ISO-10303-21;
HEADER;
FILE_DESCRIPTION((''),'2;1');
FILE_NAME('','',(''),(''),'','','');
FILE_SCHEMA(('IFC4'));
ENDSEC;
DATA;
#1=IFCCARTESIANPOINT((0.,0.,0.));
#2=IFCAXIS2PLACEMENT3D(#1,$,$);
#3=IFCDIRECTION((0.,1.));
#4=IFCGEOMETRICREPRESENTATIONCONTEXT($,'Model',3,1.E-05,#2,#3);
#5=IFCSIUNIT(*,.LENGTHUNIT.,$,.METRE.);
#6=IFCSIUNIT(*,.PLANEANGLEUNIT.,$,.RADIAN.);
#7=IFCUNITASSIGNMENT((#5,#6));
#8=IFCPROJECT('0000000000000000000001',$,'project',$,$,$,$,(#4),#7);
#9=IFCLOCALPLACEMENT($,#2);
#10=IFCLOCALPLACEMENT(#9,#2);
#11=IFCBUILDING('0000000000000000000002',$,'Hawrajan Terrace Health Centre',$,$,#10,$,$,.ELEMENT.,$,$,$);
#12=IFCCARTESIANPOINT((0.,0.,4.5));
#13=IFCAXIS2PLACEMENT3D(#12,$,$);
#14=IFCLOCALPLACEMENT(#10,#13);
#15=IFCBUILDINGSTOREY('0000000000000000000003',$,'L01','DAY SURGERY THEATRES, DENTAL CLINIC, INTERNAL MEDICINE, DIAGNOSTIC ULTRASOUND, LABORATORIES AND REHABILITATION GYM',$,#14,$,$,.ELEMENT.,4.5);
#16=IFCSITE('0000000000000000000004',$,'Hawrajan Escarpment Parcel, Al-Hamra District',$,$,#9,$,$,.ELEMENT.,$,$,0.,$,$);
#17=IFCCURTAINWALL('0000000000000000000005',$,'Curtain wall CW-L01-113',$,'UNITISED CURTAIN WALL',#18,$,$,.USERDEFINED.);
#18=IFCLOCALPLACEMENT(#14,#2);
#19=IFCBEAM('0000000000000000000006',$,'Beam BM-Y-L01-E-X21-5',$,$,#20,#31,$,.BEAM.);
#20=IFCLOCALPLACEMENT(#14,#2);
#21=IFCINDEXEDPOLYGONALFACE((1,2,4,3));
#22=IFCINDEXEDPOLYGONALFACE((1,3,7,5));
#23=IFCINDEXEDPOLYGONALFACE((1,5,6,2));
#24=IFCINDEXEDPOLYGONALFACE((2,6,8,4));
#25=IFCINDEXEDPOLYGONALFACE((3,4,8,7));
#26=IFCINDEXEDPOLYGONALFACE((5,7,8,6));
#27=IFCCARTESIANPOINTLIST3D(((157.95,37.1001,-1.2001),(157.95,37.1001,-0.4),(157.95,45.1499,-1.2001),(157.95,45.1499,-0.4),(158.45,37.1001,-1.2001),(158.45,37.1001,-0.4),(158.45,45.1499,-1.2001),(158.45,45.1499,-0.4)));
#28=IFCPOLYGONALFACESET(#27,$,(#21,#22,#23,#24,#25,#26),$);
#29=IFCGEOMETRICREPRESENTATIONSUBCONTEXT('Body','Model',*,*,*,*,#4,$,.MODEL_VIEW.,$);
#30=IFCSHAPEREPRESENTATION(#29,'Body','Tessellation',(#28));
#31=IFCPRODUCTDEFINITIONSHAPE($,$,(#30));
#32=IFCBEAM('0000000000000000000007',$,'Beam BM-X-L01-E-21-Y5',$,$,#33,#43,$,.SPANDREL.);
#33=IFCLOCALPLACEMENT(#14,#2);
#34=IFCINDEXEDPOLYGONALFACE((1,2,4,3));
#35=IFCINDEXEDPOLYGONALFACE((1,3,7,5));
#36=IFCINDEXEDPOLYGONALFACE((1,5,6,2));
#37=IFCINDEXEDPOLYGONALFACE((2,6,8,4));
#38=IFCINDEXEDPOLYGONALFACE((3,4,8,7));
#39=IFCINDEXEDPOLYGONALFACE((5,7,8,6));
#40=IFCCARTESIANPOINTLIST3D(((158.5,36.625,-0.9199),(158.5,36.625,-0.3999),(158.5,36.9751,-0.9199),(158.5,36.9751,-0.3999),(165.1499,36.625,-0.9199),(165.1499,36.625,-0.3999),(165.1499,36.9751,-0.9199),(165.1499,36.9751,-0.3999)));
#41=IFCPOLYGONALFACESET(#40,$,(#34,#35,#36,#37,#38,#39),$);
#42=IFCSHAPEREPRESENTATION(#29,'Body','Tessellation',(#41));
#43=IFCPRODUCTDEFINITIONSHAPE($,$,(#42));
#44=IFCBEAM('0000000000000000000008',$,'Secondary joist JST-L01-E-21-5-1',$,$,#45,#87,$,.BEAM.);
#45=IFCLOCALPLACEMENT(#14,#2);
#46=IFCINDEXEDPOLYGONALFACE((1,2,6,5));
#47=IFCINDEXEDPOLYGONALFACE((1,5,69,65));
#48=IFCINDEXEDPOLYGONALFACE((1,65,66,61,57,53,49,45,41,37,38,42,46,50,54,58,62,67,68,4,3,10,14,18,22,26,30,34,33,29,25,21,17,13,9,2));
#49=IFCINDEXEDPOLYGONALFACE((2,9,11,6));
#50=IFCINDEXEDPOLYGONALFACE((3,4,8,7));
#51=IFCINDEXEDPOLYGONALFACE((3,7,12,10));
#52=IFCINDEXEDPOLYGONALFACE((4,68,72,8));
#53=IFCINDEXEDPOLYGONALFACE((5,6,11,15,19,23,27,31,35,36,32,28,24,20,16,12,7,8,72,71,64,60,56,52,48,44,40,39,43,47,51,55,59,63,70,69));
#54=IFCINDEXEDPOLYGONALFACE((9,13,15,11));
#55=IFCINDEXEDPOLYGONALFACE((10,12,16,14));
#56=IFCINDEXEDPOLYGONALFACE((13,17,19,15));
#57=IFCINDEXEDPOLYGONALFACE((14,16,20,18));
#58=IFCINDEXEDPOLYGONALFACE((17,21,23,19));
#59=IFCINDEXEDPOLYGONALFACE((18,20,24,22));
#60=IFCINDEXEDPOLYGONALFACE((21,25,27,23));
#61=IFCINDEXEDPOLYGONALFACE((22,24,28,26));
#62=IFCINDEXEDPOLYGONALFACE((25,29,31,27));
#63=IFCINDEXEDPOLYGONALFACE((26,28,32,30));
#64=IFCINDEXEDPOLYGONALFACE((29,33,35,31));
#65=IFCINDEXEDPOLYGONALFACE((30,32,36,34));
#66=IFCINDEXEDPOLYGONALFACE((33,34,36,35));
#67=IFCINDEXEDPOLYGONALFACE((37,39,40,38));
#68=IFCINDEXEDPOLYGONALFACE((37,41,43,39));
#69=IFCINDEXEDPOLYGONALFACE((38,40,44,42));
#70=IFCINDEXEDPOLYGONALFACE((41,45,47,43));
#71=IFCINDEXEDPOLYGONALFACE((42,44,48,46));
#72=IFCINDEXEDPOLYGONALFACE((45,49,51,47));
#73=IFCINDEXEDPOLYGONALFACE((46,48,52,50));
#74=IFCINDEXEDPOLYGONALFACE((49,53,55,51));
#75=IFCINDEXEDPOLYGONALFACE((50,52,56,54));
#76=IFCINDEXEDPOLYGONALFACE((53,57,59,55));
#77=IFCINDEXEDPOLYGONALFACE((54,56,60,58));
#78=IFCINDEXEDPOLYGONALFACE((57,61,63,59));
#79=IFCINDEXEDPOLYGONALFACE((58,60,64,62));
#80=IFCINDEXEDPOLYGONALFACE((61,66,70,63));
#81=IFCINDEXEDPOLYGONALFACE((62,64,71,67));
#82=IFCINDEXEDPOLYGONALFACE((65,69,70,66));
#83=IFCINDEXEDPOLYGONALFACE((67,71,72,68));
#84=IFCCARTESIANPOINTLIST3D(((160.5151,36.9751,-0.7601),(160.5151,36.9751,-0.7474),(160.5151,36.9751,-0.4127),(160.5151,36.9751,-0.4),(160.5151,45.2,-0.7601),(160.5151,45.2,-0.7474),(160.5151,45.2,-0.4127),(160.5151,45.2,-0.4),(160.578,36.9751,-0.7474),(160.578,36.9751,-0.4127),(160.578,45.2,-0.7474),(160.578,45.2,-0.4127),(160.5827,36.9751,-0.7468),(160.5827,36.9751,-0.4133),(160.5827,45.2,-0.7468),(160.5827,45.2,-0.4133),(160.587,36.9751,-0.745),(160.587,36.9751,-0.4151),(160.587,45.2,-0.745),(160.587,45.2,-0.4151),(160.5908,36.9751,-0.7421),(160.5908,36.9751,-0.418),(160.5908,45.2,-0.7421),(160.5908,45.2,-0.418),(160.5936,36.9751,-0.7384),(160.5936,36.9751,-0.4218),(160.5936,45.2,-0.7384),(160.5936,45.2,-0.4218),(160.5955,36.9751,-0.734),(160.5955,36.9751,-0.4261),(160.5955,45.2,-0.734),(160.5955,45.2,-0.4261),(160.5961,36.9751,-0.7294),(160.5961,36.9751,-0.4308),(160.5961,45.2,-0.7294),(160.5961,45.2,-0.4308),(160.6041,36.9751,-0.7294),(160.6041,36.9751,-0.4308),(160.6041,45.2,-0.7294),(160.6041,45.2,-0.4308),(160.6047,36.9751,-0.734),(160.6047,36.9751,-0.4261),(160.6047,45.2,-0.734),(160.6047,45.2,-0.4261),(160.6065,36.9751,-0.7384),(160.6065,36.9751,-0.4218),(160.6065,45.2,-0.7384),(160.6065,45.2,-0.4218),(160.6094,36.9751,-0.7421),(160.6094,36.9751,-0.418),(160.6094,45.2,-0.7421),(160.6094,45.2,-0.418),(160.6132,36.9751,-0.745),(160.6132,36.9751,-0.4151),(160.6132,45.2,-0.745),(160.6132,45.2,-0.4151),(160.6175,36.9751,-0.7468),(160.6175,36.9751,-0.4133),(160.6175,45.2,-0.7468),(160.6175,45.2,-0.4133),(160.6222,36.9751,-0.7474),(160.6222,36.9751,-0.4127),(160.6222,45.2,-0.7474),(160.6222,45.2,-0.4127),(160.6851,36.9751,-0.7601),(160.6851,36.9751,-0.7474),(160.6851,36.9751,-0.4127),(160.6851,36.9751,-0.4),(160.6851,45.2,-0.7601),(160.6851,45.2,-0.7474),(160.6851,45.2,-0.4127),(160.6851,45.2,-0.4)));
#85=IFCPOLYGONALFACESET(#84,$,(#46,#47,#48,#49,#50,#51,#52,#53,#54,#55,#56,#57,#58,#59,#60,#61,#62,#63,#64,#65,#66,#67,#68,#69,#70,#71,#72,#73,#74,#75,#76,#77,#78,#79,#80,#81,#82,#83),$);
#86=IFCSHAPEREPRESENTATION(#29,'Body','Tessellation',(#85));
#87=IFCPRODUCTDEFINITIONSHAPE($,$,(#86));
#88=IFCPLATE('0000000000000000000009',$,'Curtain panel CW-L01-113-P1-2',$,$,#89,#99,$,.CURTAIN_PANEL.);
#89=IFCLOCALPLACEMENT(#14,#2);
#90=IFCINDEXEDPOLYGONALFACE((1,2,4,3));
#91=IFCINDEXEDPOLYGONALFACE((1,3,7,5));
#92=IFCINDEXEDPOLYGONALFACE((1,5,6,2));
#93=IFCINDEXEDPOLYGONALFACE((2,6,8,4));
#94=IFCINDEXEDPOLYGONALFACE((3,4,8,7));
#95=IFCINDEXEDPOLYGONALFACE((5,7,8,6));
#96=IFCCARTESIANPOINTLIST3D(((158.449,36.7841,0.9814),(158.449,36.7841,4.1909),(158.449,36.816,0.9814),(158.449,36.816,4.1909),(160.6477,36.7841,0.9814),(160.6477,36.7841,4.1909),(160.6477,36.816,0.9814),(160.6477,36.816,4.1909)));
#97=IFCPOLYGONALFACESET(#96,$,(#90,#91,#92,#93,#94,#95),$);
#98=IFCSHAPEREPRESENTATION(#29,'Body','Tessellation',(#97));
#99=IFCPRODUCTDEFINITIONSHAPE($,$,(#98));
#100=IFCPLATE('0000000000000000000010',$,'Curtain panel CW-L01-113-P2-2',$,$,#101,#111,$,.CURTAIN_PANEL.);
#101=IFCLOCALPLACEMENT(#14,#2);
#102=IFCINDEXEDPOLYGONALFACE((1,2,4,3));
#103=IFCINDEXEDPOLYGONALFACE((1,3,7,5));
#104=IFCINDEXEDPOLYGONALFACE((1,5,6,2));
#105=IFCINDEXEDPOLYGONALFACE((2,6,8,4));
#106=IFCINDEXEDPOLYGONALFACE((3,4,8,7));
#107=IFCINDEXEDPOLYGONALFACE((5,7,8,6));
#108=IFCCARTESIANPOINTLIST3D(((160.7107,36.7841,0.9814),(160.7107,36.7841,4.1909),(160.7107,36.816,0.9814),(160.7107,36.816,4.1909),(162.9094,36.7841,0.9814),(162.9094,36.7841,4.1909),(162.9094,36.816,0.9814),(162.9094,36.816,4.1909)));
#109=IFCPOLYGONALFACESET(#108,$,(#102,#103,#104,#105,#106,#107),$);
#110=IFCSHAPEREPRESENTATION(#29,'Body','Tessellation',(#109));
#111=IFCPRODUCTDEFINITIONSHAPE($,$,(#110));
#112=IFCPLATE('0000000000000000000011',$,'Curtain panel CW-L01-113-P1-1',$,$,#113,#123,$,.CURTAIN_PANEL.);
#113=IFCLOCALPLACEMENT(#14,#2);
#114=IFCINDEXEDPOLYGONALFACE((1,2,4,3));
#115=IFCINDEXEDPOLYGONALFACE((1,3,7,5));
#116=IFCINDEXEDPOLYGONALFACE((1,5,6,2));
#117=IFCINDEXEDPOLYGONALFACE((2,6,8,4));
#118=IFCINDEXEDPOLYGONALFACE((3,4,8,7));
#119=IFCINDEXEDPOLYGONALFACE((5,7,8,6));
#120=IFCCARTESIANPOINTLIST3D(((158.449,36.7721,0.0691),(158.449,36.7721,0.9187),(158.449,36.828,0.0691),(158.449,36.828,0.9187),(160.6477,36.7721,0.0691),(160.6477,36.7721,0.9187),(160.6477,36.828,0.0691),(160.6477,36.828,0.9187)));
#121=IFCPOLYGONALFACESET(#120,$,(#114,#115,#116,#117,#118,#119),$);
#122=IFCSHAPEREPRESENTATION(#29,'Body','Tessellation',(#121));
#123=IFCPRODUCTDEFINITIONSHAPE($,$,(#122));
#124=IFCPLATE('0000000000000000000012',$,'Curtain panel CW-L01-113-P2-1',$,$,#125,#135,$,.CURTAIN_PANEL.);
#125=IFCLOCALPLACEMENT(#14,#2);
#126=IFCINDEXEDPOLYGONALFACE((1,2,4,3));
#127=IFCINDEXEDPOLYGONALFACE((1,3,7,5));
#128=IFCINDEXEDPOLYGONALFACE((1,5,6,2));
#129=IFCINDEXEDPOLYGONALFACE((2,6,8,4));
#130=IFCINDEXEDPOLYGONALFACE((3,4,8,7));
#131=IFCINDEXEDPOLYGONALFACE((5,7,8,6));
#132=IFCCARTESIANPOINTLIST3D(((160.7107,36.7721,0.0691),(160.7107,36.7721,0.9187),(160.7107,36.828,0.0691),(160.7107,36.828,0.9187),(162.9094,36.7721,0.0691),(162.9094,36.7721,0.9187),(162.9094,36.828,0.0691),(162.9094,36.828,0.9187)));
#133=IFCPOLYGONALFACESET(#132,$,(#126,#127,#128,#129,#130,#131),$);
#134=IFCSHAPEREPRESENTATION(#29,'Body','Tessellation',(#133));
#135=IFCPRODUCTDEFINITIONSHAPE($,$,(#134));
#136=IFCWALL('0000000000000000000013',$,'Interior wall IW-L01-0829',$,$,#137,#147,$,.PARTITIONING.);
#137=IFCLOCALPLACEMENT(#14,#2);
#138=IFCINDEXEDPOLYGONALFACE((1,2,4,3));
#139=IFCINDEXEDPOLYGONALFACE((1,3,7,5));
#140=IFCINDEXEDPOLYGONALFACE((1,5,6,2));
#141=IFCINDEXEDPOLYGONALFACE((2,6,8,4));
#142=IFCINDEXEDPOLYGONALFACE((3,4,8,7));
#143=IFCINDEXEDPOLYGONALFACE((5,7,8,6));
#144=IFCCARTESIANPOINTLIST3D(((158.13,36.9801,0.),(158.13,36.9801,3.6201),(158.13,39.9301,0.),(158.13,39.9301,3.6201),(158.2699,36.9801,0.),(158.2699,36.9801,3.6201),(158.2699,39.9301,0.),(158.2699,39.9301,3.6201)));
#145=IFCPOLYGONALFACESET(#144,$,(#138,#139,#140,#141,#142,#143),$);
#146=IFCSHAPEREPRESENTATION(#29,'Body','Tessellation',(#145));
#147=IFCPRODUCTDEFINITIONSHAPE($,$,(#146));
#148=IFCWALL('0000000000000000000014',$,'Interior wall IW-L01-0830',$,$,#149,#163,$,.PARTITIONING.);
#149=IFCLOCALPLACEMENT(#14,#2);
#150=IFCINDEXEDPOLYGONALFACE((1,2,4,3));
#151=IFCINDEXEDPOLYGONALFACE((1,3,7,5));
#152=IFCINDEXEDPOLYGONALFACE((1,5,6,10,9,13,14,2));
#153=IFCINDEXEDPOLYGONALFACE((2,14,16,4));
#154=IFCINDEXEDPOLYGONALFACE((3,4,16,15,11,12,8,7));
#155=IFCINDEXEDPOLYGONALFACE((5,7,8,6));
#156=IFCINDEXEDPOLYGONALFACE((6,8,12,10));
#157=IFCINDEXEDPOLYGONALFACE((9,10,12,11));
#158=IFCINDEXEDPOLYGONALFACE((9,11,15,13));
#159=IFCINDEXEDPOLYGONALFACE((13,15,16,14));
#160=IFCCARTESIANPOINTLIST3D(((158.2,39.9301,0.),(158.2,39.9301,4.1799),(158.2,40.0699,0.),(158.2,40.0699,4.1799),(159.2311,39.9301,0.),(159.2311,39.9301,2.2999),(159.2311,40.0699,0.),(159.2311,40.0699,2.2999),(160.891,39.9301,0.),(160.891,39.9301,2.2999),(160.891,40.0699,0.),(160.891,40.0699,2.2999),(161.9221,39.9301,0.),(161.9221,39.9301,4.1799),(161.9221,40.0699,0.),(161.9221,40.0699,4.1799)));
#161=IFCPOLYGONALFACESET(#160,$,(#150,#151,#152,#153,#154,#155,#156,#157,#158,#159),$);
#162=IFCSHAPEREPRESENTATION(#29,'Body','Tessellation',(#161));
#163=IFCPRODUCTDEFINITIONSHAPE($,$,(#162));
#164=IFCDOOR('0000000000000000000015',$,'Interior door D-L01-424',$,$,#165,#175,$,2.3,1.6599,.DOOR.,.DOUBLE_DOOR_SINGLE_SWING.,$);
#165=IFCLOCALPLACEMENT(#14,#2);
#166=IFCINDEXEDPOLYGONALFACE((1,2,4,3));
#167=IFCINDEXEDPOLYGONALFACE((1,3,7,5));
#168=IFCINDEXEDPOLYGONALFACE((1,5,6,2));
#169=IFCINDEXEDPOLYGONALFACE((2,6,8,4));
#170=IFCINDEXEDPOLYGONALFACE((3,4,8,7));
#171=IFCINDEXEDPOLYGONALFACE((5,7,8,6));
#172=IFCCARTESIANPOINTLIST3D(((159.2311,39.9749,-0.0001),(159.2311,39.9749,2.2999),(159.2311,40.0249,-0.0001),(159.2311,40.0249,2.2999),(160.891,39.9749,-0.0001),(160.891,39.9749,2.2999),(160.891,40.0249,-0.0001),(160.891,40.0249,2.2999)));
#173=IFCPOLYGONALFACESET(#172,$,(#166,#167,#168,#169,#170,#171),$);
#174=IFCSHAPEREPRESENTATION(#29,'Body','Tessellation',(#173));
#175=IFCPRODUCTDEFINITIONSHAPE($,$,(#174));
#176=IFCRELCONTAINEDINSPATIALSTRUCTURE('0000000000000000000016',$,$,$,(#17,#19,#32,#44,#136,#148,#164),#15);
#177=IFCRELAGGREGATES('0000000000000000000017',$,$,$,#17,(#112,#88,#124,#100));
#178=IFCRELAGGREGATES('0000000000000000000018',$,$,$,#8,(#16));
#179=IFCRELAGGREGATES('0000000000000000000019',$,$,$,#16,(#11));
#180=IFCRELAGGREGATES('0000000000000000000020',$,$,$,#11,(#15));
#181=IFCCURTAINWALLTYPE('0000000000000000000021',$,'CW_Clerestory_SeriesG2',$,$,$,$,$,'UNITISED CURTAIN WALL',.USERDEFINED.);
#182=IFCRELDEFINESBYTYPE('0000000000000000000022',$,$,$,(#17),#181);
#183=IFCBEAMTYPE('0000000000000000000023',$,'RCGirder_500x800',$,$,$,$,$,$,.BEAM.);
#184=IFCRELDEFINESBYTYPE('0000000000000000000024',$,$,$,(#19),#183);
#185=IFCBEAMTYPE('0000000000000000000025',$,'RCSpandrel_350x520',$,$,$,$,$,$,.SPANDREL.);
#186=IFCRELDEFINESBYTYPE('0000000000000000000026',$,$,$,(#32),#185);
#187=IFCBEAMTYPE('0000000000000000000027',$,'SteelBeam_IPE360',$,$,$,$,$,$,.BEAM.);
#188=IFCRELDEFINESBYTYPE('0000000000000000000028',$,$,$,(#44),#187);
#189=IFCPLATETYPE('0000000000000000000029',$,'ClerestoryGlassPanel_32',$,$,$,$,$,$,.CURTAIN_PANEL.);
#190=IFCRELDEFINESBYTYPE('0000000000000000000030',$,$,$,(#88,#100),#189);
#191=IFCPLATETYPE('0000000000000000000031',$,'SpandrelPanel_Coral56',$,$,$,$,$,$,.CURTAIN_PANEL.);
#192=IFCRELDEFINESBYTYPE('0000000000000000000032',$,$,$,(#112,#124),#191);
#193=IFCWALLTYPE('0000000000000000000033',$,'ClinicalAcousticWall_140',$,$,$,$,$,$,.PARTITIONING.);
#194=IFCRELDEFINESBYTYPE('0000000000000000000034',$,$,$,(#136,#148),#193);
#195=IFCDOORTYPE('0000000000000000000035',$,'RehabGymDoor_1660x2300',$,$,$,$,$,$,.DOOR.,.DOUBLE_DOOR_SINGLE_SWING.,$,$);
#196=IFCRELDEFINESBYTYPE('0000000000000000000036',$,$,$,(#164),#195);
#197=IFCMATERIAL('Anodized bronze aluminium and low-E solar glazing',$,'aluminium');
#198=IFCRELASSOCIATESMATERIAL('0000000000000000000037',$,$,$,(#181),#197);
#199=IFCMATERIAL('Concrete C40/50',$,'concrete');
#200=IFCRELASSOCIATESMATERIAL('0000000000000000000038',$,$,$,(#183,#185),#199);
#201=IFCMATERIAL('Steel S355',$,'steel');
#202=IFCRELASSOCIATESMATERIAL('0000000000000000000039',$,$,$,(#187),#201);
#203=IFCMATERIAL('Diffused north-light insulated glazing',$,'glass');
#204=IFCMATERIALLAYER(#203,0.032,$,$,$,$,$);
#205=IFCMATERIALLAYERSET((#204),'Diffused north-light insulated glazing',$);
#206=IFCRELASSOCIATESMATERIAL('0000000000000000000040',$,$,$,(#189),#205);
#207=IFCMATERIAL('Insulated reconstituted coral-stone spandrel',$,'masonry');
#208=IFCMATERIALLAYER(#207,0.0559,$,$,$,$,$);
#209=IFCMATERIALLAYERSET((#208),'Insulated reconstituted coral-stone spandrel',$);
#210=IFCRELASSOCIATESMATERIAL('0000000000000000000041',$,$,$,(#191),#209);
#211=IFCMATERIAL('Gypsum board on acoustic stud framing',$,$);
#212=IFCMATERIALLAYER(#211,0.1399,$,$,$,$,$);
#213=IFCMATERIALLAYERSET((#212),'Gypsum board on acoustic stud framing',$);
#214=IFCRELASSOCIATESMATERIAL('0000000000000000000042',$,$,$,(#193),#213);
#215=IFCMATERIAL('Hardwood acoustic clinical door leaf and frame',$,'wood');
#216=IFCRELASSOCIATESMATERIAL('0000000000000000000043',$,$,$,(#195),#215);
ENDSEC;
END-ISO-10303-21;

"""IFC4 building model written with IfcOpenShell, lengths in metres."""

from ifc_helpers import new_model, si_unit, direction, frame, frame_2d, origin, origin_2d, place, context, subcontext, project, spatial, rectangle, i_section, extrude, material, layer, layer_set, material_profile, profile_set, type_object, element, fill, aggregate, save


model = new_model("IFC4")

# Units and contexts
model_context = context("Model", 3, precision=1e-05, world=origin(), true_north=direction((0.0, 1.0)))
body_context = subcontext(model_context, "Body", "Model", "MODEL_VIEW")
ifc_project = project(units=[si_unit("LENGTHUNIT", "METRE"), si_unit("PLANEANGLEUNIT", "RADIAN")], contexts=[model_context])

# Site, building, storey
site_placement = place(None, origin())
site = spatial("IfcSite", under=ifc_project, at=site_placement, Name="Hawrajan Escarpment Parcel, Al-Hamra District", CompositionType="ELEMENT", RefElevation=0.0)
building_placement = place(site_placement, origin())
building = spatial("IfcBuilding", under=site, at=building_placement, Name="Hawrajan Terrace Health Centre", CompositionType="ELEMENT")
storey_placement = place(building_placement, frame((0.0, 0.0, 4.5)))
storey = spatial("IfcBuildingStorey", under=building, at=storey_placement, Name="L01", Description="DAY SURGERY THEATRES, DENTAL CLINIC, INTERNAL MEDICINE, DIAGNOSTIC ULTRASOUND, LABORATORIES AND REHABILITATION GYM", CompositionType="ELEMENT", Elevation=4.5)

# Shared definitions
ifc_material_1 = material(Name="Anodized bronze aluminium and low-E solar glazing", Category="aluminium")

# Curtain wall
curtain_wall_type_1 = type_object("IfcCurtainWallType", Name="CW_Clerestory_SeriesG2", ElementType="UNITISED CURTAIN WALL", PredefinedType="USERDEFINED", material=ifc_material_1)
curtain_wall_1_placement = place(storey_placement, origin())
curtain_wall_1 = element("IfcCurtainWall", 1, at=curtain_wall_1_placement, inside=storey, type_object=curtain_wall_type_1, Name="Curtain wall CW-L01-113", ObjectType="UNITISED CURTAIN WALL", PredefinedType="USERDEFINED")

# Beams
ifc_material_2 = material(Name="Concrete C40/50", Category="concrete")
ifc_material_profile_1 = material_profile(ifc_material_2, rectangle(XDim=0.5, YDim=0.8, at=origin_2d()), Name="RC BM 500x800")
ifc_profile_set_1 = profile_set([ifc_material_profile_1], Name="Concrete C40/50")
beam_type_1 = type_object("IfcBeamType", Name="RCGirder_500x800", PredefinedType="BEAM", material=ifc_profile_set_1)
beam_1_placement = place(storey_placement, frame((158.2, 37.1001, -0.8), z_axis=(0.0, 1.0, 0.0), x_axis=(-1.0, 0.0, 0.0)))
element("IfcBeam", 2, at=beam_1_placement, inside=storey, type_object=beam_type_1, Name="Beam BM-Y-L01-E-X21-5", PredefinedType="BEAM", context=body_context, shape_type="SweptSolid", body=[
    extrude(rectangle(XDim=0.5, YDim=0.8, at=origin_2d()), origin(), (0.0, 0.0, 1.0), 8.0498),
])
ifc_material_profile_2 = material_profile(ifc_material_2, rectangle(XDim=0.3501, YDim=0.52, at=origin_2d()), Name="RC SP 350x520")
ifc_profile_set_2 = profile_set([ifc_material_profile_2], Name="Concrete C40/50")
beam_type_2 = type_object("IfcBeamType", Name="RCSpandrel_350x520", PredefinedType="SPANDREL", material=ifc_profile_set_2)
beam_2_placement = place(storey_placement, frame((158.5, 36.8, -0.6599), z_axis=(1.0, 0.0, 0.0), x_axis=(0.0, 1.0, 0.0)))
element("IfcBeam", 3, at=beam_2_placement, inside=storey, type_object=beam_type_2, Name="Beam BM-X-L01-E-21-Y5", PredefinedType="SPANDREL", context=body_context, shape_type="SweptSolid", body=[
    extrude(rectangle(XDim=0.3501, YDim=0.52, at=origin_2d()), origin(), (0.0, 0.0, 1.0), 6.6499),
])
ifc_material_3 = material(Name="Steel S355", Category="steel")
ifc_material_profile_3 = material_profile(ifc_material_3, i_section(OverallWidth=0.1699, OverallDepth=0.3601, WebThickness=0.0081, FlangeThickness=0.0127, FilletRadius=0.0181, at=origin_2d()), Name="IPE 360")
ifc_profile_set_3 = profile_set([ifc_material_profile_3], Name="Steel S355")
beam_type_3 = type_object("IfcBeamType", Name="SteelBeam_IPE360", PredefinedType="BEAM", material=ifc_profile_set_3)
beam_3_placement = place(storey_placement, frame((160.6001, 36.9751, -0.5801), z_axis=(0.0, 1.0, 0.0), x_axis=(-1.0, 0.0, 0.0)))
element("IfcBeam", 4, at=beam_3_placement, inside=storey, type_object=beam_type_3, Name="Secondary joist JST-L01-E-21-5-1", PredefinedType="BEAM", context=body_context, shape_type="SweptSolid", body=[
    extrude(i_section(OverallWidth=0.1699, OverallDepth=0.3601, WebThickness=0.0081, FlangeThickness=0.0127, FilletRadius=0.0181, at=origin_2d()), origin(), (0.0, 0.0, 1.0), 8.2249),
])

# Plates
ifc_material_4 = material(Name="Diffused north-light insulated glazing", Category="glass")
ifc_layer_1 = layer(ifc_material_4, 0.032)
ifc_layer_set_1 = layer_set([ifc_layer_1], Name="Diffused north-light insulated glazing")
plate_type_1 = type_object("IfcPlateType", Name="ClerestoryGlassPanel_32", PredefinedType="CURTAIN_PANEL", material=ifc_layer_set_1)
plate_1_placement = place(storey_placement, frame((159.5483, 36.8, 0.9814), z_axis=(0.0, 0.0, 1.0), x_axis=(1.0, 0.0, 0.0)))
plate_1 = element("IfcPlate", 5, at=plate_1_placement, type_object=plate_type_1, Name="Curtain panel CW-L01-113-P1-2", PredefinedType="CURTAIN_PANEL", context=body_context, shape_type="SweptSolid", body=[
    extrude(rectangle(XDim=2.1987, YDim=0.032, at=origin_2d()), origin(), (0.0, 0.0, 1.0), 3.2095),
])
plate_2_placement = place(storey_placement, frame((161.8101, 36.8, 0.9814), z_axis=(0.0, 0.0, 1.0), x_axis=(1.0, 0.0, 0.0)))
plate_2 = element("IfcPlate", 6, at=plate_2_placement, type_object=plate_type_1, Name="Curtain panel CW-L01-113-P2-2", PredefinedType="CURTAIN_PANEL", context=body_context, shape_type="SweptSolid", body=[
    extrude(rectangle(XDim=2.1987, YDim=0.032, at=origin_2d()), origin(), (0.0, 0.0, 1.0), 3.2095),
])
ifc_material_5 = material(Name="Insulated reconstituted coral-stone spandrel", Category="masonry")
ifc_layer_2 = layer(ifc_material_5, 0.0559)
ifc_layer_set_2 = layer_set([ifc_layer_2], Name="Insulated reconstituted coral-stone spandrel")
plate_type_2 = type_object("IfcPlateType", Name="SpandrelPanel_Coral56", PredefinedType="CURTAIN_PANEL", material=ifc_layer_set_2)
plate_3_placement = place(storey_placement, frame((159.5483, 36.8, 0.0691), z_axis=(0.0, 0.0, 1.0), x_axis=(1.0, 0.0, 0.0)))
plate_3 = element("IfcPlate", 7, at=plate_3_placement, type_object=plate_type_2, Name="Curtain panel CW-L01-113-P1-1", PredefinedType="CURTAIN_PANEL", context=body_context, shape_type="SweptSolid", body=[
    extrude(rectangle(XDim=2.1987, YDim=0.0559, at=origin_2d()), origin(), (0.0, 0.0, 1.0), 0.8496),
])
plate_4_placement = place(storey_placement, frame((161.8101, 36.8, 0.0691), z_axis=(0.0, 0.0, 1.0), x_axis=(1.0, 0.0, 0.0)))
plate_4 = element("IfcPlate", 8, at=plate_4_placement, type_object=plate_type_2, Name="Curtain panel CW-L01-113-P2-1", PredefinedType="CURTAIN_PANEL", context=body_context, shape_type="SweptSolid", body=[
    extrude(rectangle(XDim=2.1987, YDim=0.0559, at=origin_2d()), origin(), (0.0, 0.0, 1.0), 0.8496),
])
aggregate(curtain_wall_1, [plate_3, plate_1, plate_4, plate_2])

# Wall
ifc_material_6 = material(Name="Gypsum board on acoustic stud framing")
ifc_layer_3 = layer(ifc_material_6, 0.1399)
ifc_layer_set_3 = layer_set([ifc_layer_3], Name="Gypsum board on acoustic stud framing")
wall_type_1 = type_object("IfcWallType", Name="ClinicalAcousticWall_140", PredefinedType="PARTITIONING", material=ifc_layer_set_3)
wall_1_placement = place(storey_placement, frame((158.2, 36.98, 0.0), z_axis=(0.0, 0.0, 1.0), x_axis=(0.0, 1.0, 0.0)))
element("IfcWall", 9, at=wall_1_placement, inside=storey, type_object=wall_type_1, Name="Interior wall IW-L01-0829", PredefinedType="PARTITIONING", context=body_context, shape_type="SweptSolid", body=[
    extrude(rectangle(XDim=2.95, YDim=0.1399, at=frame_2d((1.4751, 0.0))), origin(), (0.0, 0.0, 1.0), 3.6201),
])

# Wall, opening, door
wall_2_placement = place(storey_placement, frame((158.2, 40.0, 0.0), z_axis=(0.0, 0.0, 1.0), x_axis=(1.0, 0.0, 0.0)))
wall_2 = element("IfcWall", 10, at=wall_2_placement, inside=storey, type_object=wall_type_1, Name="Interior wall IW-L01-0830", PredefinedType="PARTITIONING", context=body_context, shape_type="SweptSolid", body=[
    extrude(rectangle(XDim=3.7222, YDim=0.1399, at=frame_2d((1.8611, 0.0))), origin(), (0.0, 0.0, 1.0), 4.1799),
])
opening_1_placement = place(wall_2_placement, frame((1.031, 0.0, 0.0)))
opening_1 = element("IfcOpeningElement", 11, at=opening_1_placement, cuts=wall_2, PredefinedType="OPENING", context=body_context, shape_type="SweptSolid", body=[
    extrude(rectangle(XDim=1.6599, YDim=2.3, at=frame_2d((0.8301, 1.1499))), frame((0.0, 0.0798, 0.0), z_axis=(0.0, -1.0, 0.0), x_axis=(1.0, 0.0, 0.0)), (0.0, 0.0, 1.0), 0.1599),
])
ifc_material_7 = material(Name="Hardwood acoustic clinical door leaf and frame", Category="wood")
door_type_1 = type_object("IfcDoorType", Name="RehabGymDoor_1660x2300", OperationType="DOUBLE_DOOR_SINGLE_SWING", PredefinedType="DOOR", material=ifc_material_7)
door_1_placement = place(opening_1_placement, origin())
door_1 = element("IfcDoor", 12, at=door_1_placement, inside=storey, type_object=door_type_1, Name="Interior door D-L01-424", OperationType="DOUBLE_DOOR_SINGLE_SWING", OverallHeight=2.3, OverallWidth=1.6599, PredefinedType="DOOR", context=body_context, shape_type="SweptSolid", body=[
    extrude(rectangle(XDim=1.6599, YDim=2.3, at=frame_2d((0.8301, 1.1499))), frame((0.0, 0.0249, 0.0), z_axis=(0.0, -1.0, 0.0), x_axis=(1.0, 0.0, 0.0)), (0.0, 0.0, 1.0), 0.05),
])
fill(opening_1, door_1)

save(model, "model.ifc")
